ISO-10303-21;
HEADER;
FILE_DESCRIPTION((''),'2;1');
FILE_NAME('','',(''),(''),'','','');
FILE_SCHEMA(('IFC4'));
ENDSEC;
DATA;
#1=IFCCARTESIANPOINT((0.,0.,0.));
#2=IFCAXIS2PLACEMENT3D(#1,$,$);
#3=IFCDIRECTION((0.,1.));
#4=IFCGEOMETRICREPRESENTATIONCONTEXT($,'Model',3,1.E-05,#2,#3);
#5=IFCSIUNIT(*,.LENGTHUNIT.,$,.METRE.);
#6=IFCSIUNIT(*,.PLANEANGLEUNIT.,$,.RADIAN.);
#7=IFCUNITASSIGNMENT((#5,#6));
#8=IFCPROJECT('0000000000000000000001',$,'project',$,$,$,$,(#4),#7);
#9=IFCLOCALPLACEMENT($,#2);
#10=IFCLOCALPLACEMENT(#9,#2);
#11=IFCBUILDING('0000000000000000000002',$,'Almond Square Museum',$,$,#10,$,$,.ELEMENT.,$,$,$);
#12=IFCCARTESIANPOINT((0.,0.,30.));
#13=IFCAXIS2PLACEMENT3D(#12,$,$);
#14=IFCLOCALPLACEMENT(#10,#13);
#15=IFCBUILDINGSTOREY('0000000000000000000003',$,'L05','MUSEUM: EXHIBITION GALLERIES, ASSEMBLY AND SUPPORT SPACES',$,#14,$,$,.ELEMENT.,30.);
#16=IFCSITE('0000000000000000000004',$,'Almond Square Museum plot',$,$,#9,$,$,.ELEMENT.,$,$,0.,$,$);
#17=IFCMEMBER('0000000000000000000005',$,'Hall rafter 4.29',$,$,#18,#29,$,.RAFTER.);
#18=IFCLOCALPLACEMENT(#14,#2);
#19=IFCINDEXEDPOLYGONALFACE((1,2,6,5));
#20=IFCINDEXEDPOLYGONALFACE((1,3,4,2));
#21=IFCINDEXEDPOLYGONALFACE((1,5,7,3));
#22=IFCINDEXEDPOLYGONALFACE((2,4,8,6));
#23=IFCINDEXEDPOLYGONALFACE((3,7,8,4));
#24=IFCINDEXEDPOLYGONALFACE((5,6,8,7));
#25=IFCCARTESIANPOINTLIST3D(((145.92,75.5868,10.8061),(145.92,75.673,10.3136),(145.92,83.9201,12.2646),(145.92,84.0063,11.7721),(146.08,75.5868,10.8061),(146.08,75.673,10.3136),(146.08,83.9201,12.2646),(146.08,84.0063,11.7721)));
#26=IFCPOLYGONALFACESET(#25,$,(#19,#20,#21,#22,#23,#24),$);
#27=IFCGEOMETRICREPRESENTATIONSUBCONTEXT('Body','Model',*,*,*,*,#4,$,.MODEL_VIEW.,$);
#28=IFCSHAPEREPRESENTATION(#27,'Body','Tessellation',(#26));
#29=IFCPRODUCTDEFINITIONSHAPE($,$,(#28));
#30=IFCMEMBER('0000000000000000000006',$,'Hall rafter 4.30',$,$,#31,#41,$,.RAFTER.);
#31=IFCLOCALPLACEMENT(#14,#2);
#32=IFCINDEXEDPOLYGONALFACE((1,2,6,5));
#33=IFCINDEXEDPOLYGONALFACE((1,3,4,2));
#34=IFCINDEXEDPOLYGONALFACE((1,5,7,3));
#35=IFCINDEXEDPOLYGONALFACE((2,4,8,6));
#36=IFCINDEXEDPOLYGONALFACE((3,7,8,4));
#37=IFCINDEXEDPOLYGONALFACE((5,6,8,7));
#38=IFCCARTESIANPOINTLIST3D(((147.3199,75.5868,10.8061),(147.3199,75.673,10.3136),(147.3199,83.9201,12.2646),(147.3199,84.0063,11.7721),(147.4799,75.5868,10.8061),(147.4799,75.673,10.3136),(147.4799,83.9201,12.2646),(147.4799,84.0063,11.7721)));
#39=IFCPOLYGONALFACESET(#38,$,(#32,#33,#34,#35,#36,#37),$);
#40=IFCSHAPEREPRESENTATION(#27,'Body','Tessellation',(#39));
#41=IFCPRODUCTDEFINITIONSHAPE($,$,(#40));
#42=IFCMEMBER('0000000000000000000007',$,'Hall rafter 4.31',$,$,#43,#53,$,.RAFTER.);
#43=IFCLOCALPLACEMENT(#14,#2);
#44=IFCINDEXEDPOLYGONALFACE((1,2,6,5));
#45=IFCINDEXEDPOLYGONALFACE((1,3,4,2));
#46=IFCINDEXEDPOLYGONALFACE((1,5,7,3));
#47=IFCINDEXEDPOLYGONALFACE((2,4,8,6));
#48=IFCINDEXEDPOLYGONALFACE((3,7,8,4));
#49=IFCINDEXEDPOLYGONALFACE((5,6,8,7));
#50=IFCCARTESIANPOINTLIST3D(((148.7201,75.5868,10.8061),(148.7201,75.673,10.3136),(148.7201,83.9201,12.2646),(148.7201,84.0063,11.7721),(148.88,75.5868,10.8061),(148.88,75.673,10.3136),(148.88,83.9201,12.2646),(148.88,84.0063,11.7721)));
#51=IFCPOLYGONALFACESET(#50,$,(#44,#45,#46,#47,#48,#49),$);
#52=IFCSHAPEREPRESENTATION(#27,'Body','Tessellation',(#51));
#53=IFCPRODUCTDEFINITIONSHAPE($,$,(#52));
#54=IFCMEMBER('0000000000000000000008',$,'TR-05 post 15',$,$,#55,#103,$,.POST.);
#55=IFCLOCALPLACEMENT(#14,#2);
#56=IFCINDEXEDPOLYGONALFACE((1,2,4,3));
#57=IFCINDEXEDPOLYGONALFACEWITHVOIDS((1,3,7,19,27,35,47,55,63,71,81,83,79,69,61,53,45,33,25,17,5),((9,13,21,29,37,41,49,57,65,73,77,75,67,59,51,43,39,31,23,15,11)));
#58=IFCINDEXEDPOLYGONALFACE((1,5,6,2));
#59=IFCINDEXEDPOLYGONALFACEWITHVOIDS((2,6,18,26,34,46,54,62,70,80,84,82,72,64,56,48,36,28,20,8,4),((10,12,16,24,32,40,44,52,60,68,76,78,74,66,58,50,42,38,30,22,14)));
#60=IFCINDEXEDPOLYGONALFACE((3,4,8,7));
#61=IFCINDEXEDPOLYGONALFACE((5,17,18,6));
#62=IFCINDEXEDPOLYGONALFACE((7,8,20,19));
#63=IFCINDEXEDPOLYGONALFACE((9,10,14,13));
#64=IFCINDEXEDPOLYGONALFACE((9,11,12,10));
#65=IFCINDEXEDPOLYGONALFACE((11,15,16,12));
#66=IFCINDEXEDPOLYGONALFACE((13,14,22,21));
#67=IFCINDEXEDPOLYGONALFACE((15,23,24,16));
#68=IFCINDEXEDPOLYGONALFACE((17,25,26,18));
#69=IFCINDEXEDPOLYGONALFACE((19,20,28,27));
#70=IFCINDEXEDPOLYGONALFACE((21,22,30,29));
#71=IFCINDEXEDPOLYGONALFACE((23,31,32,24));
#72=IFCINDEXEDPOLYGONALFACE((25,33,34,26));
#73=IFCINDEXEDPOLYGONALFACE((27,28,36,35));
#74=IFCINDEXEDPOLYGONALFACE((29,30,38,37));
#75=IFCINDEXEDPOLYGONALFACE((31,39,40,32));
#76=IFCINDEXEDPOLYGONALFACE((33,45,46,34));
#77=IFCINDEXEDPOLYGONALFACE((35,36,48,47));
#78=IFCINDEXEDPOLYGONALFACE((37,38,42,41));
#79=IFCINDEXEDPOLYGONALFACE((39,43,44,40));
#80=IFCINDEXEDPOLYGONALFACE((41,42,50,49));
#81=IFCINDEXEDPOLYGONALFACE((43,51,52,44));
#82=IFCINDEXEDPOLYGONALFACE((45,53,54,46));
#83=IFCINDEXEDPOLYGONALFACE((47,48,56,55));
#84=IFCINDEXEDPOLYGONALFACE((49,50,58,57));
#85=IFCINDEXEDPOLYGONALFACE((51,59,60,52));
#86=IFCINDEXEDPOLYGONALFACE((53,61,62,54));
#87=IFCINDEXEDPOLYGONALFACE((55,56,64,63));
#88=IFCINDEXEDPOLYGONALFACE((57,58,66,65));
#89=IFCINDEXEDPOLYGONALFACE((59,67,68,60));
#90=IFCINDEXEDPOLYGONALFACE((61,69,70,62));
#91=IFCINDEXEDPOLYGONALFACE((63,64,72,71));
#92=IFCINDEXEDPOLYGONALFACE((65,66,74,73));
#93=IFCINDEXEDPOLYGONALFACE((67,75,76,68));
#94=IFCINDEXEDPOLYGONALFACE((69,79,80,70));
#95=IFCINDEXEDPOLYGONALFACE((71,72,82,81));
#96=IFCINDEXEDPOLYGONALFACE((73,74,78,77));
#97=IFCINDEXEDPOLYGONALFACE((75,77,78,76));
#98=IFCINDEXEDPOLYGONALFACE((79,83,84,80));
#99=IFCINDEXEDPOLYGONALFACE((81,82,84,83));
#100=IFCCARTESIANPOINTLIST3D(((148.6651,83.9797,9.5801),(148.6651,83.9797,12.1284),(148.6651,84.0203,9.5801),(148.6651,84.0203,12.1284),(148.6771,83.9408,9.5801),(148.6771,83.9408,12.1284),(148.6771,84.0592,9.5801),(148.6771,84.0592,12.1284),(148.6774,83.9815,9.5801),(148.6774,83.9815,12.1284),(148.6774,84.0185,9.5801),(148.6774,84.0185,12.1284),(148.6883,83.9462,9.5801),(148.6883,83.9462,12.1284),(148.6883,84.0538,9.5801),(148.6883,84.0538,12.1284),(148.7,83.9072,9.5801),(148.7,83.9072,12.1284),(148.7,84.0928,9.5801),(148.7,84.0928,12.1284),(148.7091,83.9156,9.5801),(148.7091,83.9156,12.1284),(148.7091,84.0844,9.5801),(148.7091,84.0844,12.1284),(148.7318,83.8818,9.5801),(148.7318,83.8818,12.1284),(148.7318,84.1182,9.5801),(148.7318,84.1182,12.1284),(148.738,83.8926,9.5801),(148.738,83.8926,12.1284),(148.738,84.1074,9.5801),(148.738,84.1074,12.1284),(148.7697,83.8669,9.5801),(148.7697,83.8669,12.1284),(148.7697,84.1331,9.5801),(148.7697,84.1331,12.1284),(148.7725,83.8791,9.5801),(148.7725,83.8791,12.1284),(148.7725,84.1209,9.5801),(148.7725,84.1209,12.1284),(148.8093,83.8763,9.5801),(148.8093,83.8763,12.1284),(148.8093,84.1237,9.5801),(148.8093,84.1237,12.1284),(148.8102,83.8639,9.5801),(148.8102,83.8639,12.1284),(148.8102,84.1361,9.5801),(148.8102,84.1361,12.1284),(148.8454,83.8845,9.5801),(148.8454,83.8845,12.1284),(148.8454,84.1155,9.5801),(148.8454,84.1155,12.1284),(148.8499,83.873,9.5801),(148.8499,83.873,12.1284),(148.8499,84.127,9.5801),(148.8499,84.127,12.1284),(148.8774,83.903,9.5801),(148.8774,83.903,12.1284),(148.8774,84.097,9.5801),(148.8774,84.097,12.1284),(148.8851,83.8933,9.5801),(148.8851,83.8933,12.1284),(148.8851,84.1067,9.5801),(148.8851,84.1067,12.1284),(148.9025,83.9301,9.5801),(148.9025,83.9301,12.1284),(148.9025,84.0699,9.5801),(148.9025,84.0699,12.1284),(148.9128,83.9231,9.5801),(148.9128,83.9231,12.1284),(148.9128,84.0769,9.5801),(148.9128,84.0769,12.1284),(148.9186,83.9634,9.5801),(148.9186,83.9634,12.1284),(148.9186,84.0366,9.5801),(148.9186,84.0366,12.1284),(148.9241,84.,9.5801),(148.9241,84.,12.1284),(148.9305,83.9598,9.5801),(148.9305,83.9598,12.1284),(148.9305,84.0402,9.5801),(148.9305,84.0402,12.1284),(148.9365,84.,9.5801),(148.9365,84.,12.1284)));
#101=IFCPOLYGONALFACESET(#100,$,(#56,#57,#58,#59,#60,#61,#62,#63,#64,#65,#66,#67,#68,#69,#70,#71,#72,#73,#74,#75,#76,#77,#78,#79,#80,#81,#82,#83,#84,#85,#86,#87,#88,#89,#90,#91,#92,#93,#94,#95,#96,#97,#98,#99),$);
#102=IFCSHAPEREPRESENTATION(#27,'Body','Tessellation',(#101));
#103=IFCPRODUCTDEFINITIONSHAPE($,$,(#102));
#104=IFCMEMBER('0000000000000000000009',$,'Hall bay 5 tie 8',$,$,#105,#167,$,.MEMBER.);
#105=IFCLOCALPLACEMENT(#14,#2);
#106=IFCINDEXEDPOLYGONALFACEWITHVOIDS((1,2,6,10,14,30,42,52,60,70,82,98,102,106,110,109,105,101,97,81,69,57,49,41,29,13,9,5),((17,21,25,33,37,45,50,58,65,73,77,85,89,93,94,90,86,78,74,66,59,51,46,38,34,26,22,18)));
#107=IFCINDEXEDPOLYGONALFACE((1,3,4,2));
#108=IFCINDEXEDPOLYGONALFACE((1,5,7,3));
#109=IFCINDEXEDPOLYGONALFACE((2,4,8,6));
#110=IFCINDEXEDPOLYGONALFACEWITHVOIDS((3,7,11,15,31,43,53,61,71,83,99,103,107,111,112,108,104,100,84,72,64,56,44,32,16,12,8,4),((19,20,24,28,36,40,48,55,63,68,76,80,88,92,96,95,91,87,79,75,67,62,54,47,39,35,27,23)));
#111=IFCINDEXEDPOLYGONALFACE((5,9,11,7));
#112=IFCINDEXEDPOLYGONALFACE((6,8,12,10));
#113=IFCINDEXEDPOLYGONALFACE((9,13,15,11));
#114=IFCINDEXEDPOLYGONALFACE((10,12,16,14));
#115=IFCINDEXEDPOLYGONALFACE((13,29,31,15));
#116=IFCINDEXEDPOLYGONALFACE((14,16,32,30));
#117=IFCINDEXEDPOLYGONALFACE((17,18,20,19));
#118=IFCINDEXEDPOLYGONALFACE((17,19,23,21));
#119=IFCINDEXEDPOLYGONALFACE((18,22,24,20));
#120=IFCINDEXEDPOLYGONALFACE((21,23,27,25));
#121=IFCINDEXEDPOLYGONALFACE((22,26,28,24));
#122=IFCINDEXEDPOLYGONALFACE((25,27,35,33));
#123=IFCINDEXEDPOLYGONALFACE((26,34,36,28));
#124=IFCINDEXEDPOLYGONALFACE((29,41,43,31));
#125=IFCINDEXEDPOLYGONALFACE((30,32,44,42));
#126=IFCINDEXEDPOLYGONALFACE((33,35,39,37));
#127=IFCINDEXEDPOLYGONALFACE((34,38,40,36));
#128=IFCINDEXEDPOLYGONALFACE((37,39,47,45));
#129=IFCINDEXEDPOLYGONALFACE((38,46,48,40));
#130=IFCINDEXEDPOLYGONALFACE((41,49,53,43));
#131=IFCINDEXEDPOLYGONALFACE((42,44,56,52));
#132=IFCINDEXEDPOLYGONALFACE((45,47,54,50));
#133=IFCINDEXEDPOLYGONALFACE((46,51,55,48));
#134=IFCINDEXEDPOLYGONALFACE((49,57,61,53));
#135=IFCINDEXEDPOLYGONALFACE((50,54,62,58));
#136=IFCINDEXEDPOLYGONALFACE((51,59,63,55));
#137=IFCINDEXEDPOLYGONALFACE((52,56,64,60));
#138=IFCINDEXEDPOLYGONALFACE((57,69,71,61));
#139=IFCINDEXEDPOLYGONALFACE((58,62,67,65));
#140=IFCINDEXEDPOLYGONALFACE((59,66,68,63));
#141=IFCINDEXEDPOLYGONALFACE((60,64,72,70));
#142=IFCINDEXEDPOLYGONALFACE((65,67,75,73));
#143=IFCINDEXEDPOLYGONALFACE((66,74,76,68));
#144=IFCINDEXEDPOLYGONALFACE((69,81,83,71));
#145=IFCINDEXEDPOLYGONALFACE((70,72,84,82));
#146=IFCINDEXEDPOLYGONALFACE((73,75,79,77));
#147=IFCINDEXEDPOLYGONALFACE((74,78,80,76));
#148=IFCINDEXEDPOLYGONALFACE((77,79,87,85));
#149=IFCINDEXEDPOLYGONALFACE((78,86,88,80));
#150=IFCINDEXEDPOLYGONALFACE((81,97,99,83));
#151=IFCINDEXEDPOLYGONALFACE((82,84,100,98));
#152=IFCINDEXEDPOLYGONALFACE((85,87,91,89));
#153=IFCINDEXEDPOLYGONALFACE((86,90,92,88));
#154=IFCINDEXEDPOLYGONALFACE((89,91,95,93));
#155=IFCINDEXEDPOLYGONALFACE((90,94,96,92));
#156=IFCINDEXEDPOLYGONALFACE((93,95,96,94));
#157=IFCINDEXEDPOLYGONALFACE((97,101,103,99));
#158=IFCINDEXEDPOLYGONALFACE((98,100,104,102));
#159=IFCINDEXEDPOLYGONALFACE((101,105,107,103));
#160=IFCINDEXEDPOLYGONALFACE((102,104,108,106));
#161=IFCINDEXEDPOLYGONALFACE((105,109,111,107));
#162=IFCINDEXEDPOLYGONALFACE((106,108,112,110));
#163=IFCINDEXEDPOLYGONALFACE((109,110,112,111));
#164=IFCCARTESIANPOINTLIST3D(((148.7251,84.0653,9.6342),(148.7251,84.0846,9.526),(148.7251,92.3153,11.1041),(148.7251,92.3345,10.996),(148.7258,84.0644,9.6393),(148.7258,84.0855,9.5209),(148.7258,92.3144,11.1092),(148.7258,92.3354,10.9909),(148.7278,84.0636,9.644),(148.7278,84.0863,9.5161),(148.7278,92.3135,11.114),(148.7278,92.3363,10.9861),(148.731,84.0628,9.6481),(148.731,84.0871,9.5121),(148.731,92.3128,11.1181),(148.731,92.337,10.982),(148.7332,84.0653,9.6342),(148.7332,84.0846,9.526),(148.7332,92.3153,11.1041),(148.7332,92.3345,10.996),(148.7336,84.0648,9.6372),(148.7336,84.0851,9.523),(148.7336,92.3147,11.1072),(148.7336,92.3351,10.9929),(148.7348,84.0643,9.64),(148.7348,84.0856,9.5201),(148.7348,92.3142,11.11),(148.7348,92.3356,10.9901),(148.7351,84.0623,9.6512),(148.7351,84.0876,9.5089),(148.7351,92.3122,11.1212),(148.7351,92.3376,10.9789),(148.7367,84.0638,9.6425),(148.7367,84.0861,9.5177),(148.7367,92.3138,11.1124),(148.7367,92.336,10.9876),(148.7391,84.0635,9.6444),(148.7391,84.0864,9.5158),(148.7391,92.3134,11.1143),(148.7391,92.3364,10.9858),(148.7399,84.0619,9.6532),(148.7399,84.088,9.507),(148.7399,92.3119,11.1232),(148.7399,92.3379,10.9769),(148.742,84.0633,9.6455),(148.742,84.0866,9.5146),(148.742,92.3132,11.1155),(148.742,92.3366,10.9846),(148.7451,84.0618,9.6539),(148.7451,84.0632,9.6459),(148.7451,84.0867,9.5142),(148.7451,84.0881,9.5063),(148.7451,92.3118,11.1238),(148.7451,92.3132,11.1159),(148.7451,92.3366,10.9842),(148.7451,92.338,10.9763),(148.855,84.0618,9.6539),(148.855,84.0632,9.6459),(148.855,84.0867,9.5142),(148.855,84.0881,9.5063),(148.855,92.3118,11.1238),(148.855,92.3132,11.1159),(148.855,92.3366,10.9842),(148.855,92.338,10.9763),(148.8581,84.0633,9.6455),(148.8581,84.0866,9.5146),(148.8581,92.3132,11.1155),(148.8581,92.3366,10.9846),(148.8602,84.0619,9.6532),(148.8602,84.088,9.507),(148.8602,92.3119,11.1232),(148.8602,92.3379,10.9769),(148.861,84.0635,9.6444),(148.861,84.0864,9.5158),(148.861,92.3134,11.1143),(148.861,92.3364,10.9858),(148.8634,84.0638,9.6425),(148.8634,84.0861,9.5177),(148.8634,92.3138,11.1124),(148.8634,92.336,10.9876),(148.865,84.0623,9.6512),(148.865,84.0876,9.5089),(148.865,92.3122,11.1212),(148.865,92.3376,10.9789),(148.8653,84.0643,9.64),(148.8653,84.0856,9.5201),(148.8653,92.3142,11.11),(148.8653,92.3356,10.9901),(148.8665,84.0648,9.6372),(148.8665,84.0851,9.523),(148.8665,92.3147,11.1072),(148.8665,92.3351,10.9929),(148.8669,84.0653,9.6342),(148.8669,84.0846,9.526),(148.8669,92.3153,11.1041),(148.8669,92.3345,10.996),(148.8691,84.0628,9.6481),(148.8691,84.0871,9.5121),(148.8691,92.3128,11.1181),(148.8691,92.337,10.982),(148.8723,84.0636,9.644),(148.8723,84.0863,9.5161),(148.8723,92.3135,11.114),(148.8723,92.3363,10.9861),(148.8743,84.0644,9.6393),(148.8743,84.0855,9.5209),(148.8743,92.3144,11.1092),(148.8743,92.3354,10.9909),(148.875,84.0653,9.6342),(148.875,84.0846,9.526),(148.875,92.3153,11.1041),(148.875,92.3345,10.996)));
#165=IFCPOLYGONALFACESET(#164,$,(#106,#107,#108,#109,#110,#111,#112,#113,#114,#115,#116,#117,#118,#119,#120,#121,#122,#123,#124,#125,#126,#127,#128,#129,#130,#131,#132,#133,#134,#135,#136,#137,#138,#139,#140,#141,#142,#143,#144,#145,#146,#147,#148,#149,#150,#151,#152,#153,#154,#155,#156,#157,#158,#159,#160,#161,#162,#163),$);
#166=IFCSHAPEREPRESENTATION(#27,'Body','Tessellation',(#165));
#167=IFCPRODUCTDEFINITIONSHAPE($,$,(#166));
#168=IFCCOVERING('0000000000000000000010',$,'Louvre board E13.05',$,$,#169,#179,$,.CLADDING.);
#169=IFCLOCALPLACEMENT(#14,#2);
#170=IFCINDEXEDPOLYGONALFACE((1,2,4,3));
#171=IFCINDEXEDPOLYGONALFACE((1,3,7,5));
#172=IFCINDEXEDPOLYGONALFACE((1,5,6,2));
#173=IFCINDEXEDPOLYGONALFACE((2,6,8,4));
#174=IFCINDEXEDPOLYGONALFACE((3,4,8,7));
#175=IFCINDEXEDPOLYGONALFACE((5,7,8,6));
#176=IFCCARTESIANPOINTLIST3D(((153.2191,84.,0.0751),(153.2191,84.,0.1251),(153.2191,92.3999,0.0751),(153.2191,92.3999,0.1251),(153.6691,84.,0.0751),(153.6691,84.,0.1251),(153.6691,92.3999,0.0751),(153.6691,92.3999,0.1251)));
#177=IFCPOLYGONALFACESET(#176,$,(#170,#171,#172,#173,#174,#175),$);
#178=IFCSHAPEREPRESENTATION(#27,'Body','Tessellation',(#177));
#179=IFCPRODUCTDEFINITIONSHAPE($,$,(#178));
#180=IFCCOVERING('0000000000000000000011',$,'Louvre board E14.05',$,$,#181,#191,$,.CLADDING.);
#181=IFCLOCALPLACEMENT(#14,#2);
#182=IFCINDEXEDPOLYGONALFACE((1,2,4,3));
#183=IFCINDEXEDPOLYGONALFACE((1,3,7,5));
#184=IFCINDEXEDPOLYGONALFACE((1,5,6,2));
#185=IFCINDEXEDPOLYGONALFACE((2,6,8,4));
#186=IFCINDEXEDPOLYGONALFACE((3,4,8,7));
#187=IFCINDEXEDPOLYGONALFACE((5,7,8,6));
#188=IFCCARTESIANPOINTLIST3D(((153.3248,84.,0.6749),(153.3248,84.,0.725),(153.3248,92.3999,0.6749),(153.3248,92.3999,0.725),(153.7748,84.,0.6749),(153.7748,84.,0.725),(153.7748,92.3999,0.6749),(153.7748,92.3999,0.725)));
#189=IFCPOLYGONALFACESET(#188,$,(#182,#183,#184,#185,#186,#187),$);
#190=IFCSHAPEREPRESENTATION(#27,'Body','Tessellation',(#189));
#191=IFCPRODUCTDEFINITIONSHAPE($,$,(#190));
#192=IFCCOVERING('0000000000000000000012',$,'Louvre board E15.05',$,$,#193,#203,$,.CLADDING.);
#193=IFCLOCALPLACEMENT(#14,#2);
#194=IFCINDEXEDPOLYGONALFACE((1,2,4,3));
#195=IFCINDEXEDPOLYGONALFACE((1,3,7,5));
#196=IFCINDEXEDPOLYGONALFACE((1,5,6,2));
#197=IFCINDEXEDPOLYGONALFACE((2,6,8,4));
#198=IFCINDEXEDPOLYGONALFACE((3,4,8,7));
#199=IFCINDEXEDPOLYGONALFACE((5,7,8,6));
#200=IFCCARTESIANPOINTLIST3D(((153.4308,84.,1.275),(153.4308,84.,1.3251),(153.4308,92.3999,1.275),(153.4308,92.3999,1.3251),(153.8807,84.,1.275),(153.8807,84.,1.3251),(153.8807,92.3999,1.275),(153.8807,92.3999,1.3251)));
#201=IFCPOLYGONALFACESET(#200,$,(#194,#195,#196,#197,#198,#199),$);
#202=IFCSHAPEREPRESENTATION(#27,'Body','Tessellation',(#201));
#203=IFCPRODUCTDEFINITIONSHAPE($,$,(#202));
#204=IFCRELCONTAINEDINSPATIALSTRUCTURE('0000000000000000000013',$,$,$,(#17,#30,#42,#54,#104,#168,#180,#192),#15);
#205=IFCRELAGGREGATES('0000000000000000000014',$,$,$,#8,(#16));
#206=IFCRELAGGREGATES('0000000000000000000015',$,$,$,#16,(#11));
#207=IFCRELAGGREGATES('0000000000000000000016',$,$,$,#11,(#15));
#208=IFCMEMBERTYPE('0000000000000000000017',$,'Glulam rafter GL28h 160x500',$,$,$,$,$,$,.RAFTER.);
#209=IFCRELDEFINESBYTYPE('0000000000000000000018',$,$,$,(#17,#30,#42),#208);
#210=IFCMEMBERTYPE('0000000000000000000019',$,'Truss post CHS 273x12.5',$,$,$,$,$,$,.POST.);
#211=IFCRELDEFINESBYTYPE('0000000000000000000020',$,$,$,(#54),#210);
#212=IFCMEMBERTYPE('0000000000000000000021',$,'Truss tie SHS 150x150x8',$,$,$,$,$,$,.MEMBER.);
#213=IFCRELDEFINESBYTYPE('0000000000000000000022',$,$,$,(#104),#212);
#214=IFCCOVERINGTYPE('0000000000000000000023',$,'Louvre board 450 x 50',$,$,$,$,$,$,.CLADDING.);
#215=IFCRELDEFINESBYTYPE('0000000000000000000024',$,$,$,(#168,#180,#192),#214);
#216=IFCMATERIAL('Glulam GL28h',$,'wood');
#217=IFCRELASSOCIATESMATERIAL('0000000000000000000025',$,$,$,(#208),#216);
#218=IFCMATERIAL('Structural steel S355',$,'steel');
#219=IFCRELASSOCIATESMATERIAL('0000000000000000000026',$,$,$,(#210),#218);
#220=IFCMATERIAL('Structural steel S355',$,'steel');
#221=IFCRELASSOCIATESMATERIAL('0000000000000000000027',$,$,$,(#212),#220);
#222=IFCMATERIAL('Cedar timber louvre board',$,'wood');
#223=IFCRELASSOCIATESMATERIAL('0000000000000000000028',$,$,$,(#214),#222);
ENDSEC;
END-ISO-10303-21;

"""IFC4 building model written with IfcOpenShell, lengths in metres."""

from ifc_helpers import new_model, si_unit, direction, frame, origin, origin_2d, place, context, subcontext, project, spatial, rectangle, hollow_rectangle, hollow_circle, extrude, material, material_profile, profile_set, type_object, element, save


model = new_model("IFC4")

# Units and contexts
model_context = context("Model", 3, precision=1e-05, world=origin(), true_north=direction((0.0, 1.0)))
body_context = subcontext(model_context, "Body", "Model", "MODEL_VIEW")
ifc_project = project(units=[si_unit("LENGTHUNIT", "METRE"), si_unit("PLANEANGLEUNIT", "RADIAN")], contexts=[model_context])

# Site, building, storey
site_placement = place(None, origin())
site = spatial("IfcSite", under=ifc_project, at=site_placement, Name="Almond Square Museum plot", CompositionType="ELEMENT", RefElevation=0.0)
building_placement = place(site_placement, origin())
building = spatial("IfcBuilding", under=site, at=building_placement, Name="Almond Square Museum", CompositionType="ELEMENT")
storey_placement = place(building_placement, frame((0.0, 0.0, 30.0)))
storey = spatial("IfcBuildingStorey", under=building, at=storey_placement, Name="L05", Description="MUSEUM: EXHIBITION GALLERIES, ASSEMBLY AND SUPPORT SPACES", CompositionType="ELEMENT", Elevation=30.0)

# Members
ifc_material_1 = material(Name="Glulam GL28h", Category="wood")
ifc_material_profile_1 = material_profile(ifc_material_1, rectangle(XDim=0.1599, YDim=0.5, at=origin_2d()))
ifc_profile_set_1 = profile_set([ifc_material_profile_1], Name="Glulam GL28h")
member_type_1 = type_object("IfcMemberType", Name="Glulam rafter GL28h 160x500", PredefinedType="RAFTER", material=ifc_profile_set_1)
for number, where, z_axis, x_axis, name in (
    (1, (146.0, 75.6299, 10.5598), (0.0, 0.985027, 0.172401), (-1.0, 0.0, 0.0), "Hall rafter 4.29"),
    (2, (147.3999, 75.6299, 10.5598), (0.0, 0.985027, 0.172401), (-1.0, 0.0, 0.0), "Hall rafter 4.30"),
    (3, (148.8, 75.6299, 10.5598), (0.0, 0.985027, 0.172401), (-1.0, 0.0, 0.0), "Hall rafter 4.31"),
):
    element("IfcMember", number, at=place(storey_placement, frame(where, z_axis=z_axis, x_axis=x_axis)), inside=storey, type_object=member_type_1, Name=name, PredefinedType="RAFTER", context=body_context, shape_type="SweptSolid", body=[
        extrude(rectangle(XDim=0.1599, YDim=0.5, at=origin_2d()), origin(), (0.0, 0.0, 1.0), 8.46),
    ])
ifc_material_2 = material(Name="Structural steel S355", Category="steel")
ifc_material_profile_2 = material_profile(ifc_material_2, hollow_circle(Radius=0.1365, WallThickness=0.0125, at=origin_2d()))
ifc_profile_set_2 = profile_set([ifc_material_profile_2], Name="Structural steel S355")
member_type_2 = type_object("IfcMemberType", Name="Truss post CHS 273x12.5", PredefinedType="POST", material=ifc_profile_set_2)
member_1_placement = place(storey_placement, frame((148.8, 84.0, 9.5801), z_axis=(0.0, 0.0, 1.0), x_axis=(1.0, 0.0, 0.0)))
element("IfcMember", 4, at=member_1_placement, inside=storey, type_object=member_type_2, Name="TR-05 post 15", PredefinedType="POST", context=body_context, shape_type="SweptSolid", body=[
    extrude(hollow_circle(Radius=0.1365, WallThickness=0.0125, at=origin_2d()), origin(), (0.0, 0.0, 1.0), 2.5483),
])
ifc_material_3 = material(Name="Structural steel S355", Category="steel")
ifc_material_profile_3 = material_profile(ifc_material_3, hollow_rectangle(XDim=0.1499, YDim=0.1499, WallThickness=0.0081, InnerFilletRadius=0.012, OuterFilletRadius=0.02, at=origin_2d()))
ifc_profile_set_3 = profile_set([ifc_material_profile_3], Name="Structural steel S355")
member_type_3 = type_object("IfcMemberType", Name="Truss tie SHS 150x150x8", PredefinedType="MEMBER", material=ifc_profile_set_3)
member_2_placement = place(storey_placement, frame((148.8, 84.075, 9.5801), z_axis=(0.0, 0.984494, 0.175416), x_axis=(-1.0, 0.0, 0.0)))
element("IfcMember", 5, at=member_2_placement, inside=storey, type_object=member_type_3, Name="Hall bay 5 tie 8", PredefinedType="MEMBER", context=body_context, shape_type="SweptSolid", body=[
    extrude(hollow_rectangle(XDim=0.1499, YDim=0.1499, WallThickness=0.0081, InnerFilletRadius=0.012, OuterFilletRadius=0.02, at=origin_2d()), origin(), (0.0, 0.0, 1.0), 8.3799),
])

# Coverings
ifc_material_4 = material(Name="Cedar timber louvre board", Category="wood")
ifc_material_profile_4 = material_profile(ifc_material_4, rectangle(XDim=0.45, YDim=0.05, at=origin_2d()))
ifc_profile_set_4 = profile_set([ifc_material_profile_4], Name="Cedar timber louvre board")
covering_type = type_object("IfcCoveringType", Name="Louvre board 450 x 50", PredefinedType="CLADDING", material=ifc_profile_set_4)
for number, where, z_axis, x_axis, name in (
    (6, (153.4441, 84.0, 0.1001), (0.0, 1.0, 0.0), (-1.0, 0.0, 0.0), "Louvre board E13.05"),
    (7, (153.5498, 84.0, 0.7), (0.0, 1.0, 0.0), (-1.0, 0.0, 0.0), "Louvre board E14.05"),
    (8, (153.6558, 84.0, 1.3), (0.0, 1.0, 0.0), (-1.0, 0.0, 0.0), "Louvre board E15.05"),
):
    element("IfcCovering", number, at=place(storey_placement, frame(where, z_axis=z_axis, x_axis=x_axis)), inside=storey, type_object=covering_type, Name=name, PredefinedType="CLADDING", context=body_context, shape_type="SweptSolid", body=[
        extrude(rectangle(XDim=0.45, YDim=0.05, at=origin_2d()), origin(), (0.0, 0.0, 1.0), 8.3999),
    ])

save(model, "model.ifc")
